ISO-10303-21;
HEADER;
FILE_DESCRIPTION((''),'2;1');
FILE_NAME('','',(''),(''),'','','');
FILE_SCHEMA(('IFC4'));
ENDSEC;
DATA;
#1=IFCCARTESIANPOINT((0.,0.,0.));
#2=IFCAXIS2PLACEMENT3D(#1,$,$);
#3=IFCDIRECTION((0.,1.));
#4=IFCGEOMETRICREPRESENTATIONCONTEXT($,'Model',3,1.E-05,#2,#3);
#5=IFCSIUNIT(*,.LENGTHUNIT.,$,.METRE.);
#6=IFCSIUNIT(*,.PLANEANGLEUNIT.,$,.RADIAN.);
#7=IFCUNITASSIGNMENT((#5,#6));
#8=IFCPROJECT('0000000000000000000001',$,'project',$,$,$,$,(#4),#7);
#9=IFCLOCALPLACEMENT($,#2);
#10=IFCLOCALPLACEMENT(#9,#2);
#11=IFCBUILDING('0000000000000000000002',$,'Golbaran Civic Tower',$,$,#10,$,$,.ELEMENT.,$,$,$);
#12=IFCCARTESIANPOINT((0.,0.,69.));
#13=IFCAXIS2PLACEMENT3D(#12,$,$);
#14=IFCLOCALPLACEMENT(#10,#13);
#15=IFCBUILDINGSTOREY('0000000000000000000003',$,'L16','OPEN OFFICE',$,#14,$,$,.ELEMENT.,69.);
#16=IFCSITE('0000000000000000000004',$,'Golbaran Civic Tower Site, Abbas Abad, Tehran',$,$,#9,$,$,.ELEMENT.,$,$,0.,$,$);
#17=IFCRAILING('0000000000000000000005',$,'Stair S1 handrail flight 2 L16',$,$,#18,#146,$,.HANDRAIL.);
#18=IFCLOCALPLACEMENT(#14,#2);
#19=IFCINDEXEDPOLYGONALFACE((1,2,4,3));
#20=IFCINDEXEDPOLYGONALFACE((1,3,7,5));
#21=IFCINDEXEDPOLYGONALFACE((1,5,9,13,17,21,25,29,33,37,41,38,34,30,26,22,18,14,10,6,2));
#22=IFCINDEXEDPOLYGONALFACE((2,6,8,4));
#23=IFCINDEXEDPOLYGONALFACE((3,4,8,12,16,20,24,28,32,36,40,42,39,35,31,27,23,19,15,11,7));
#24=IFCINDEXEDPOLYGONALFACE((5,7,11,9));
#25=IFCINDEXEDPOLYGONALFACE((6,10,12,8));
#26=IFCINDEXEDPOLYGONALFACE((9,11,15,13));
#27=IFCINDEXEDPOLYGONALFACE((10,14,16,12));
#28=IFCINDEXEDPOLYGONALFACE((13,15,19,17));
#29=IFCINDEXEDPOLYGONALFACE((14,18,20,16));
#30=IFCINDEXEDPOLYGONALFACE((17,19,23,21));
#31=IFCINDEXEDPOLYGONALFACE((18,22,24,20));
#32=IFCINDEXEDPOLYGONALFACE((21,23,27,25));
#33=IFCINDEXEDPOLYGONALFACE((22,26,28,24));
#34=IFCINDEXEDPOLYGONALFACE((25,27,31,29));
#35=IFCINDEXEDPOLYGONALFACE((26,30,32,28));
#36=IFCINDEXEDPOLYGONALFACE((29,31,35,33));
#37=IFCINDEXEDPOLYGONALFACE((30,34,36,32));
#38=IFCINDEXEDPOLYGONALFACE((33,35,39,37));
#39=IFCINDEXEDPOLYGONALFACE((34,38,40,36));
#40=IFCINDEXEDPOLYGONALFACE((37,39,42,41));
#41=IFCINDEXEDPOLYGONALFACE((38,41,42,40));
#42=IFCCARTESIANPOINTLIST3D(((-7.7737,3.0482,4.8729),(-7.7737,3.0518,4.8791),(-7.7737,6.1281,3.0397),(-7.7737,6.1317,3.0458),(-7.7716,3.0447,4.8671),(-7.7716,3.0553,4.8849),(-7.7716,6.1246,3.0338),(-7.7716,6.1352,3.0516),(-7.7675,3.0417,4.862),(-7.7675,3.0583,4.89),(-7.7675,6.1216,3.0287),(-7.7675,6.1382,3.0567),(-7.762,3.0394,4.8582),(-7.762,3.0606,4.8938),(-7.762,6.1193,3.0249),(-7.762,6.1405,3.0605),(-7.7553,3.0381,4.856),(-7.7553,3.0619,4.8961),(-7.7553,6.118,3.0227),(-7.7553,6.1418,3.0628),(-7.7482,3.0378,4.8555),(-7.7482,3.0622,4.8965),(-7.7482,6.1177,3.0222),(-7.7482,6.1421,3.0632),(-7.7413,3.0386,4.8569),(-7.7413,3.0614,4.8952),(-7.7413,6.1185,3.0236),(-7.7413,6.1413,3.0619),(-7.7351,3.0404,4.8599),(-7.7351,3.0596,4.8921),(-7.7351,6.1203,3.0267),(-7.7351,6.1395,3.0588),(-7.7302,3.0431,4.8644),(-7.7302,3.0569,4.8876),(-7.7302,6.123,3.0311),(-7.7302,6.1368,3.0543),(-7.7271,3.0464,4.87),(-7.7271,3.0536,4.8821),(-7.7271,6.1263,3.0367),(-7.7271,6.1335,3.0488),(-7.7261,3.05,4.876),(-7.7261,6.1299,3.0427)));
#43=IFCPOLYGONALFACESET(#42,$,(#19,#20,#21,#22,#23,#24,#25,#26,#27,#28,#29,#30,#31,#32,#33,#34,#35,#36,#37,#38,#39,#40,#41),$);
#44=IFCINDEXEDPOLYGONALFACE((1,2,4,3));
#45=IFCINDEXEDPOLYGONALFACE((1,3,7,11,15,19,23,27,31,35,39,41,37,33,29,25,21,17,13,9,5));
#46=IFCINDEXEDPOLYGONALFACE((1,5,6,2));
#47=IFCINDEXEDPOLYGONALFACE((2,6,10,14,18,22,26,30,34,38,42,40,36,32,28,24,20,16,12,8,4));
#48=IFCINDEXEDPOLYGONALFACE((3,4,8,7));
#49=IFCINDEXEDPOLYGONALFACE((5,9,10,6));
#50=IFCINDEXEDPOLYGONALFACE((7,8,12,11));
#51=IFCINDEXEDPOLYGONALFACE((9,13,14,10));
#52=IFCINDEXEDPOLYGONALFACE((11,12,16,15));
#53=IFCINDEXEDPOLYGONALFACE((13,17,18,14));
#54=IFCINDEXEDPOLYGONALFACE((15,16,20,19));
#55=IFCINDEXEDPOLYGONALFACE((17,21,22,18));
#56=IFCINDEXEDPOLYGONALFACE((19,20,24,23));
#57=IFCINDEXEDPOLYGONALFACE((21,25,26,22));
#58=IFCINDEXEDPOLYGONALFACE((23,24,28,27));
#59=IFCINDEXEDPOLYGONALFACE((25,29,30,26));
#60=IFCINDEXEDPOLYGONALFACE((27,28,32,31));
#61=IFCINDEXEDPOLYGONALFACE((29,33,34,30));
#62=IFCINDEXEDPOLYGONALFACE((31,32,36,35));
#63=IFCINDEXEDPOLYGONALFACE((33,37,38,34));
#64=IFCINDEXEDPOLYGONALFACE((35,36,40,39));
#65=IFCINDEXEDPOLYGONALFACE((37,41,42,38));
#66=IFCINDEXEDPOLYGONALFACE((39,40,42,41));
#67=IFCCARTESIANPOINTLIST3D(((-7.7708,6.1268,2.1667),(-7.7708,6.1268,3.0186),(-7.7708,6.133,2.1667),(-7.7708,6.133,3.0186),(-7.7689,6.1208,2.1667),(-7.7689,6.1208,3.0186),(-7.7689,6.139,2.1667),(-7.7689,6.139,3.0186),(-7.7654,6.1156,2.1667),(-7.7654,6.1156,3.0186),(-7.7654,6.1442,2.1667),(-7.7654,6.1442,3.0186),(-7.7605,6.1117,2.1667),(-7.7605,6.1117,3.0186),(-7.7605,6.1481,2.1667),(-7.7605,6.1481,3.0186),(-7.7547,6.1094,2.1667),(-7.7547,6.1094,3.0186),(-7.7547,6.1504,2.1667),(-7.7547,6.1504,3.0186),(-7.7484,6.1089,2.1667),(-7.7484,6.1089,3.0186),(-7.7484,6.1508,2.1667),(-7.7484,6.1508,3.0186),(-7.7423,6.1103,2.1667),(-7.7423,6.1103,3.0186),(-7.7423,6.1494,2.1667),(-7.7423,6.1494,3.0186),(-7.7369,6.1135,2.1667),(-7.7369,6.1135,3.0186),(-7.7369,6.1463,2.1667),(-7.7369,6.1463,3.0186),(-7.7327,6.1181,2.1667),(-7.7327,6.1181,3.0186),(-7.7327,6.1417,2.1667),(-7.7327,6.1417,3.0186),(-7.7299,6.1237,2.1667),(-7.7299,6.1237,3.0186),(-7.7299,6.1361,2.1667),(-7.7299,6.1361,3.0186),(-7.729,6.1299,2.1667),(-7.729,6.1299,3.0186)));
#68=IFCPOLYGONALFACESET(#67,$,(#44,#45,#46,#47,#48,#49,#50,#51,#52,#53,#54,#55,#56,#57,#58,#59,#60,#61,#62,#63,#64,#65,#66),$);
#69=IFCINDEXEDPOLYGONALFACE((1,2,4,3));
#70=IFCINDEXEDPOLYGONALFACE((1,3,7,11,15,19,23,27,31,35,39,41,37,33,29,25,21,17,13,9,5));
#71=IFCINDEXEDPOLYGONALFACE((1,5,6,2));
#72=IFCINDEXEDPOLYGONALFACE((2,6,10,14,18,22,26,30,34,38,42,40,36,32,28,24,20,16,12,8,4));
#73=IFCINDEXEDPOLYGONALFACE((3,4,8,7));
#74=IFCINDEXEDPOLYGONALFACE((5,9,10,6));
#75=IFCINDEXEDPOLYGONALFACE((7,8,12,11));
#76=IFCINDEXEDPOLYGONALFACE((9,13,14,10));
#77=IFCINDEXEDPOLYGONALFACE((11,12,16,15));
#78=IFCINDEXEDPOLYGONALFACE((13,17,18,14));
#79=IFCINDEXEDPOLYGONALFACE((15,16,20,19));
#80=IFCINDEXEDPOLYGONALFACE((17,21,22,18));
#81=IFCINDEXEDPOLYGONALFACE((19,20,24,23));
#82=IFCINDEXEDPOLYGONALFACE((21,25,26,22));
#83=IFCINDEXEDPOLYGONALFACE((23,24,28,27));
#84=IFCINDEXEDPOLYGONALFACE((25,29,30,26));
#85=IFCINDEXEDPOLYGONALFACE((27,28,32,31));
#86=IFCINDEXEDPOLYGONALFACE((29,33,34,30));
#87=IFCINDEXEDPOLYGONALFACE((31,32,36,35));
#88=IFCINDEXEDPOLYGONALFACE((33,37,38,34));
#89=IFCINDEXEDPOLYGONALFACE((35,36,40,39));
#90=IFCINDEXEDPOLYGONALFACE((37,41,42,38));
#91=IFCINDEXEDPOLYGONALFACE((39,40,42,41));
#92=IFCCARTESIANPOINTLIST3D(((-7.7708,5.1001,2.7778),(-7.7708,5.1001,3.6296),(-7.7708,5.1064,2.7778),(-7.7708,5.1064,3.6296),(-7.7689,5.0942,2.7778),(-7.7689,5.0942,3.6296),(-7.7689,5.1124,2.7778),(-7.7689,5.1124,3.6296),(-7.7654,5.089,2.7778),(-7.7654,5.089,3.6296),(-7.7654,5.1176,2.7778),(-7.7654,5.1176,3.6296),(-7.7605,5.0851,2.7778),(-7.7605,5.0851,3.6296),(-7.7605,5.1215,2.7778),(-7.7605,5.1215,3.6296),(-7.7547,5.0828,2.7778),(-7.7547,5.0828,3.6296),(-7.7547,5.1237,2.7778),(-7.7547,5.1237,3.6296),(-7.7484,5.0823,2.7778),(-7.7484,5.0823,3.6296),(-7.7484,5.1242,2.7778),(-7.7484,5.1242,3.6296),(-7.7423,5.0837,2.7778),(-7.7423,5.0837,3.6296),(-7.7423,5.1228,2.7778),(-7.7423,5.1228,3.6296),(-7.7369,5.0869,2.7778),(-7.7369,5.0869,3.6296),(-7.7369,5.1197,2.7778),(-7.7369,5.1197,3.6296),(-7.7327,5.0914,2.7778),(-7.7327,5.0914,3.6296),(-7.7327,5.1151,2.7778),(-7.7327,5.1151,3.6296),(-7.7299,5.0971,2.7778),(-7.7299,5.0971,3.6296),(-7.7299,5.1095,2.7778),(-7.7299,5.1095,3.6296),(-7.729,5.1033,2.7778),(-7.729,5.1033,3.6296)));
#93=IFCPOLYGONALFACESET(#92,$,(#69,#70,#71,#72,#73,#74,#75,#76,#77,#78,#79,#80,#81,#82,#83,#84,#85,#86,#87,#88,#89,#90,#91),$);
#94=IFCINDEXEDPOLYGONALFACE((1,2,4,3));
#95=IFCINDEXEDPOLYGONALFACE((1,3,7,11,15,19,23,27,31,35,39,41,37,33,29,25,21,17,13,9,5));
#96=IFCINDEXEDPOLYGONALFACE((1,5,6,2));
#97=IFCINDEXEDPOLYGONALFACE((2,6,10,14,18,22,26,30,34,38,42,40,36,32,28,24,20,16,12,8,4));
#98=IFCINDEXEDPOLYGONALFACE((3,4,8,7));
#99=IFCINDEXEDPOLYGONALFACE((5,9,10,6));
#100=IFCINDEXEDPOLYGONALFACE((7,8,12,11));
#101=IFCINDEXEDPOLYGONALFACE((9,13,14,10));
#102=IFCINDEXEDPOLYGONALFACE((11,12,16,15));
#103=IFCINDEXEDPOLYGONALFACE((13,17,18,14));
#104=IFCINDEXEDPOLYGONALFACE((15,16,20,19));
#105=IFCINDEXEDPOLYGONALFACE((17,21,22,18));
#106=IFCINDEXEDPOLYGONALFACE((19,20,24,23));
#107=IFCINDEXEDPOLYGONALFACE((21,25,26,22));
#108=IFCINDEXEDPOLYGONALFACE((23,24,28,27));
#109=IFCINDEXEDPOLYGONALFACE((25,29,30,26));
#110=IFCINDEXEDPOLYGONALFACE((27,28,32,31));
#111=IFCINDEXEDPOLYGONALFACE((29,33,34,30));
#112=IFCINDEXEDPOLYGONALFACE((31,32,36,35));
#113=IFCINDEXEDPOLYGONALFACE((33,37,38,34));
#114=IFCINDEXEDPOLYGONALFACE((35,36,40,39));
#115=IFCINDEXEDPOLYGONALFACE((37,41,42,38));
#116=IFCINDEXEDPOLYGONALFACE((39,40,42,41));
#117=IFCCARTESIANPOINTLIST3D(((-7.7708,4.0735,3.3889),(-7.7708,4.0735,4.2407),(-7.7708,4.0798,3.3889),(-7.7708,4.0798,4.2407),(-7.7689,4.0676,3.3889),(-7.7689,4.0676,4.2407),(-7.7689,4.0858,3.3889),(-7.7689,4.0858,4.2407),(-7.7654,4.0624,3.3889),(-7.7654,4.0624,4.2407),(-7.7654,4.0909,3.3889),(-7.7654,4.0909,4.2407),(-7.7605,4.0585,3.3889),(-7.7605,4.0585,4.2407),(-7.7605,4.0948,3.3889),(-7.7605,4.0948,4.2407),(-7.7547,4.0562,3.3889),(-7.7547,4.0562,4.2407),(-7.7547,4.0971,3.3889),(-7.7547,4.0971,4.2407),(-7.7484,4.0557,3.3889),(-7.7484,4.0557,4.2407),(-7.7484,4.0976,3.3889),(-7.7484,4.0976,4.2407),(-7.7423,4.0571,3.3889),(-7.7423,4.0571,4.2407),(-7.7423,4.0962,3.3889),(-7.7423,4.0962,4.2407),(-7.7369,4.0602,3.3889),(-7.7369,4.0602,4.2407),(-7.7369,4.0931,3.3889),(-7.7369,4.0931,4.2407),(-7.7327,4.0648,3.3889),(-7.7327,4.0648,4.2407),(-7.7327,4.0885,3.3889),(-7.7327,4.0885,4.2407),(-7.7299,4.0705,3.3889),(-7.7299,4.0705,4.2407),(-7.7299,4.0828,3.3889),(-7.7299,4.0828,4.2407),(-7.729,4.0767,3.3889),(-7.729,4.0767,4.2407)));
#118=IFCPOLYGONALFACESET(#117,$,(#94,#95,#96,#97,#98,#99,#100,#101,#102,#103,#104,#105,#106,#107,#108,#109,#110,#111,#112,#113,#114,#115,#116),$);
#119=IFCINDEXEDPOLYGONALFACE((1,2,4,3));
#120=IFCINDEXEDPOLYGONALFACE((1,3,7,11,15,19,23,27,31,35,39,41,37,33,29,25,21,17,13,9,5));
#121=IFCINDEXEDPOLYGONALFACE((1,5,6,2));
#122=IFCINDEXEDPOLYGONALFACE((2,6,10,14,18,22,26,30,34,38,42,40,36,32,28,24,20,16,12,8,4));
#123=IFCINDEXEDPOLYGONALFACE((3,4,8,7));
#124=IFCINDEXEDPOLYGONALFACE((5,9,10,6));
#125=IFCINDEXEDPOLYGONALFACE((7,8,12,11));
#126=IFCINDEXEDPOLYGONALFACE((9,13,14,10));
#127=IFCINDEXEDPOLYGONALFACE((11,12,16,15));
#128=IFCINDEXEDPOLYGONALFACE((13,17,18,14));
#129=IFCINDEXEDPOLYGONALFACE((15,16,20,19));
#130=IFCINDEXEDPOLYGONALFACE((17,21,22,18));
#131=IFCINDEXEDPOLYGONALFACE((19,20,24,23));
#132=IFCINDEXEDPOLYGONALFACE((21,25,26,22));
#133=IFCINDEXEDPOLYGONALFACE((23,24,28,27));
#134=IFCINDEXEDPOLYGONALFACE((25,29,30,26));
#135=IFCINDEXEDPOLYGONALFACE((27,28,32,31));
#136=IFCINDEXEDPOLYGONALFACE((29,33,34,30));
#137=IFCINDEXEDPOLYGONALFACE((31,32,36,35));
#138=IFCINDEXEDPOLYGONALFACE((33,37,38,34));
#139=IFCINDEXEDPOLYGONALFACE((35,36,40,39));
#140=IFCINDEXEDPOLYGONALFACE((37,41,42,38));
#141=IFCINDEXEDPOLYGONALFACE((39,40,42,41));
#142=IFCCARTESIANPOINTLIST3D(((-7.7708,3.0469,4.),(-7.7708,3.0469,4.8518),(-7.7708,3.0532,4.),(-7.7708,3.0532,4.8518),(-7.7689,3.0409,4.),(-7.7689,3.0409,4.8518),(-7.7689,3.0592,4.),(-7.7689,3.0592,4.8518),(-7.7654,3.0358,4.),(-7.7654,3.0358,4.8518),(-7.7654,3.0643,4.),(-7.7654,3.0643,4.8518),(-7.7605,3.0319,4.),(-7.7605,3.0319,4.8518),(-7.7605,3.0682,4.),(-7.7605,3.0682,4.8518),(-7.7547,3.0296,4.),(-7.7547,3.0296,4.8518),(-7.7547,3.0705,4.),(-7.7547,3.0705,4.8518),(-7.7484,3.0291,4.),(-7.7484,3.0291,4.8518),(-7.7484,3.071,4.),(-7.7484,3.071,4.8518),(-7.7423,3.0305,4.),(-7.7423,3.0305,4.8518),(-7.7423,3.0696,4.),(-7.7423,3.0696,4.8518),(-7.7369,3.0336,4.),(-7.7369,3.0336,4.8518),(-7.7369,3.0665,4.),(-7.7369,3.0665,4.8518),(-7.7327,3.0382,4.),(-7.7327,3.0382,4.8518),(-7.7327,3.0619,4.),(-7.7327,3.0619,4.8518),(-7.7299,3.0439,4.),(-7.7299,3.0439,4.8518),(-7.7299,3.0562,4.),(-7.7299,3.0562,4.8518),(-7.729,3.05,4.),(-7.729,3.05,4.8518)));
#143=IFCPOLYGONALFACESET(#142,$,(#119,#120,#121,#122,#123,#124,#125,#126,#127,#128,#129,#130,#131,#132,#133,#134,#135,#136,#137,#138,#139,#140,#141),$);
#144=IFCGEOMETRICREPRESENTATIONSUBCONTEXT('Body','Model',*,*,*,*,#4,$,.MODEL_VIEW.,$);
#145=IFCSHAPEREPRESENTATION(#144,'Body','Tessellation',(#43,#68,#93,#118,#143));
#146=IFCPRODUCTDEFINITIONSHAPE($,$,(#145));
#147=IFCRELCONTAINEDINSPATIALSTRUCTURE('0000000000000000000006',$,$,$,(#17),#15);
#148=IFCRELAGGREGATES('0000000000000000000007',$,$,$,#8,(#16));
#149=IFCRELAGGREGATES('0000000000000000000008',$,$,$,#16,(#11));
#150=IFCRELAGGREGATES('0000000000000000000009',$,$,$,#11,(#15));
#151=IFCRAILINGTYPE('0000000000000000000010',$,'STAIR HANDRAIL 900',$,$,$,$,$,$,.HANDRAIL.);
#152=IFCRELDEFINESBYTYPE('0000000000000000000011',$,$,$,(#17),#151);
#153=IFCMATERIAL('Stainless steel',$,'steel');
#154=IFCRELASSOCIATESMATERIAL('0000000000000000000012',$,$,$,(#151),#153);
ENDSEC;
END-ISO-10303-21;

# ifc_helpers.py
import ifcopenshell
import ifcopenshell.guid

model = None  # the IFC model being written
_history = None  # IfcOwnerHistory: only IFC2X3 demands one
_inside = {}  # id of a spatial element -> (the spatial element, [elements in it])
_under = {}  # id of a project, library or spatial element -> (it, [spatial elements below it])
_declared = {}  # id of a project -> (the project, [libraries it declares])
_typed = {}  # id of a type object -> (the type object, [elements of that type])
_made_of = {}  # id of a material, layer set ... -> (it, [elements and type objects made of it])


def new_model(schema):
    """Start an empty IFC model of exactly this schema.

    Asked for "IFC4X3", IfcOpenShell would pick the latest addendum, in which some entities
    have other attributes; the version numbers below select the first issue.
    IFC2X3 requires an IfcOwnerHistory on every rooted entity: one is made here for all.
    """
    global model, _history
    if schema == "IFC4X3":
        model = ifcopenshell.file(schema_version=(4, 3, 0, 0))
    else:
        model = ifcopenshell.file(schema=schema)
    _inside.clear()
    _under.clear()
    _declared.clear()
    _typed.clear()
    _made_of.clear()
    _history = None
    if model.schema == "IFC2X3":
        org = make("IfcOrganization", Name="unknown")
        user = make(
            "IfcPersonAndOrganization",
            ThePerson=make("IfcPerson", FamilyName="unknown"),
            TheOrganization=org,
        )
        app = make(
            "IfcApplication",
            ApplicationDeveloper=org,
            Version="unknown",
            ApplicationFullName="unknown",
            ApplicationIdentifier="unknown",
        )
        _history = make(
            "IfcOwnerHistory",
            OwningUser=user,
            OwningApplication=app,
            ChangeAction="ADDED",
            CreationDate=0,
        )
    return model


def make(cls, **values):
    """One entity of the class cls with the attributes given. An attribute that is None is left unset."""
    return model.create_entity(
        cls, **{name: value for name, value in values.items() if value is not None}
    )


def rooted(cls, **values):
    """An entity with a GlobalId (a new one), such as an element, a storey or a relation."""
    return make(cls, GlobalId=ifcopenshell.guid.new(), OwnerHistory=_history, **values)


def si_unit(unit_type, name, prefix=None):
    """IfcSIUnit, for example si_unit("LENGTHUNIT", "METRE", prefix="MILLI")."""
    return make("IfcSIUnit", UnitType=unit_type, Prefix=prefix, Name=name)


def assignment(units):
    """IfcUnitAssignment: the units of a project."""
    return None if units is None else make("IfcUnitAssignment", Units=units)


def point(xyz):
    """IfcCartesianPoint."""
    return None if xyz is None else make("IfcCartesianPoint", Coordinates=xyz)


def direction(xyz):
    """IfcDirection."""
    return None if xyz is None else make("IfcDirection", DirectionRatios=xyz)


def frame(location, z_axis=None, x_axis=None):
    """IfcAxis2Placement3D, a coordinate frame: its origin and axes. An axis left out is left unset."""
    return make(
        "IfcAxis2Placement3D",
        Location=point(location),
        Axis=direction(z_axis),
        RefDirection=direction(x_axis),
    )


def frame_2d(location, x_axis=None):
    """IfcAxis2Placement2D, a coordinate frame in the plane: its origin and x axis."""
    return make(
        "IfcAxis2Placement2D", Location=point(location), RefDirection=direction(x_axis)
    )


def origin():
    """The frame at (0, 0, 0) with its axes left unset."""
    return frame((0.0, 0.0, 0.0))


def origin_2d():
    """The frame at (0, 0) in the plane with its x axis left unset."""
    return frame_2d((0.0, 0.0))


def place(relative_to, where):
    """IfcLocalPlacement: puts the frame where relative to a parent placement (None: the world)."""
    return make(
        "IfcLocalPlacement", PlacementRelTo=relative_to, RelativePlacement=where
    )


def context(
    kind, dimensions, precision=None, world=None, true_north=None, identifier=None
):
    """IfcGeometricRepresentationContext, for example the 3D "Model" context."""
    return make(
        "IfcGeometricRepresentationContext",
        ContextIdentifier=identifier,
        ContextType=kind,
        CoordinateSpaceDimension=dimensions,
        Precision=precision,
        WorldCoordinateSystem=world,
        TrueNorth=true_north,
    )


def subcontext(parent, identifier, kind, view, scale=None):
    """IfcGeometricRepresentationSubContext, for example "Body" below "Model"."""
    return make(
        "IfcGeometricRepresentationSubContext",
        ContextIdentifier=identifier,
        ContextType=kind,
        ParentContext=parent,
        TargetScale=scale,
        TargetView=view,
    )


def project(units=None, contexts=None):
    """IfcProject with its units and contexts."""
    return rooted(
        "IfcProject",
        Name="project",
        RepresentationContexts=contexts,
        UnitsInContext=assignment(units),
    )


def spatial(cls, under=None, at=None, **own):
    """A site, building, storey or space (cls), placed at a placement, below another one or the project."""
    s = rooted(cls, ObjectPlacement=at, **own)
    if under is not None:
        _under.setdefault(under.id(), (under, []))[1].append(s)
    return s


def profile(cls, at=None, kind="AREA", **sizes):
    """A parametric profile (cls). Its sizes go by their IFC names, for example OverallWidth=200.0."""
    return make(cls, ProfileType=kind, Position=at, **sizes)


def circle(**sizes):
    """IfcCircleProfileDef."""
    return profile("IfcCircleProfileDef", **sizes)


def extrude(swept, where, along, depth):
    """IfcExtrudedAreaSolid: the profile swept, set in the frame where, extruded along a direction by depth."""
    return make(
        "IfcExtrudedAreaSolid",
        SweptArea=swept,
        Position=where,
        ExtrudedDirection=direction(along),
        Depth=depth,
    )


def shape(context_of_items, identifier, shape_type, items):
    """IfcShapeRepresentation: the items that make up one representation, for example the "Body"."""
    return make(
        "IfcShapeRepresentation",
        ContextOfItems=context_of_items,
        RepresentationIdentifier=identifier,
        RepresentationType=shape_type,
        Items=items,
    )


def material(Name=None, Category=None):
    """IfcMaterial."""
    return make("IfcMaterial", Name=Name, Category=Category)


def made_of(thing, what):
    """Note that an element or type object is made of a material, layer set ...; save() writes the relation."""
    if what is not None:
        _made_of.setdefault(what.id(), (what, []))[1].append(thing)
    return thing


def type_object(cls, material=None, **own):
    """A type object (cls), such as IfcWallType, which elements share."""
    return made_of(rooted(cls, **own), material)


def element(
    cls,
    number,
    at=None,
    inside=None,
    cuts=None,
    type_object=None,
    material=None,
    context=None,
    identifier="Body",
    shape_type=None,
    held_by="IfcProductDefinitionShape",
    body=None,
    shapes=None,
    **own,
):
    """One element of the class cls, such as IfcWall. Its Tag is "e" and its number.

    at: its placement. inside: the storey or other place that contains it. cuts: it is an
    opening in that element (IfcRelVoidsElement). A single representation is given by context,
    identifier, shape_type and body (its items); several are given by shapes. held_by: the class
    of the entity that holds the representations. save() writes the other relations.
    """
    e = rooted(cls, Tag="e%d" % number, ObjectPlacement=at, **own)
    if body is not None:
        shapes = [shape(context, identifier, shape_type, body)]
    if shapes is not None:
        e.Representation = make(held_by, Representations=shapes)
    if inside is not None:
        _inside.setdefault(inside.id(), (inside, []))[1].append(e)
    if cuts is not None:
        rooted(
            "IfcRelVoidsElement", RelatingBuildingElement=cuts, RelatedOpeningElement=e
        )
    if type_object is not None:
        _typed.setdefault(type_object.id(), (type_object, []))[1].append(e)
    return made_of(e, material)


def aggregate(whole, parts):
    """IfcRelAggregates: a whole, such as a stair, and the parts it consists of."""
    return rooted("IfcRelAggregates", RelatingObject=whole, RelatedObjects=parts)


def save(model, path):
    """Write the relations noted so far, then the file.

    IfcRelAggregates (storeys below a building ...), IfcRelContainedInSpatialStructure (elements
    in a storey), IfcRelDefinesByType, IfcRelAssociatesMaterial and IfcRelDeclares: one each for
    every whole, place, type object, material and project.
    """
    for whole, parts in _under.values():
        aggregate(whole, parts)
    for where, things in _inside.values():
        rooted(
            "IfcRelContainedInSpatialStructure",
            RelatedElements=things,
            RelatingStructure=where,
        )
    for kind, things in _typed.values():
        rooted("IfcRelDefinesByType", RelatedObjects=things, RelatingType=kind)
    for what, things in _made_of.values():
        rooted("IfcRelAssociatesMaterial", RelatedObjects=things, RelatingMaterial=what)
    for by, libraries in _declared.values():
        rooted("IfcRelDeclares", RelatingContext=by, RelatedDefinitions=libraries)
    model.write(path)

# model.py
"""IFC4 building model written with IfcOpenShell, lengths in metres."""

from ifc_helpers import new_model, si_unit, direction, frame, origin, origin_2d, place, context, subcontext, project, spatial, circle, extrude, material, type_object, element, save


model = new_model("IFC4")

# Units and contexts
model_context = context("Model", 3, precision=1e-05, world=origin(), true_north=direction((0.0, 1.0)))
body_context = subcontext(model_context, "Body", "Model", "MODEL_VIEW")
ifc_project = project(units=[si_unit("LENGTHUNIT", "METRE"), si_unit("PLANEANGLEUNIT", "RADIAN")], contexts=[model_context])

# Site, building, storey
site_placement = place(None, origin())
site = spatial("IfcSite", under=ifc_project, at=site_placement, Name="Golbaran Civic Tower Site, Abbas Abad, Tehran", CompositionType="ELEMENT", RefElevation=0.0)
building_placement = place(site_placement, origin())
building = spatial("IfcBuilding", under=site, at=building_placement, Name="Golbaran Civic Tower", CompositionType="ELEMENT")
storey_placement = place(building_placement, frame((0.0, 0.0, 69.0)))
storey = spatial("IfcBuildingStorey", under=building, at=storey_placement, Name="L16", Description="OPEN OFFICE", CompositionType="ELEMENT", Elevation=69.0)

# Shared definitions
ifc_material_1 = material(Name="Stainless steel", Category="steel")

# Railing
railing_type = type_object("IfcRailingType", Name="STAIR HANDRAIL 900", PredefinedType="HANDRAIL", material=ifc_material_1)
railing_1_placement = place(storey_placement, frame((-7.75, 6.1299, 2.1667)))
element("IfcRailing", 1, at=railing_1_placement, inside=storey, type_object=railing_type, Name="Stair S1 handrail flight 2 L16", PredefinedType="HANDRAIL", context=body_context, shape_type="SweptSolid", body=[
    extrude(circle(Radius=0.0239, at=origin_2d()), frame((0.0, 0.0, 0.876), z_axis=(0.0, -0.859291, 0.511487), x_axis=(1.0, 0.0, 0.0)), (0.0, 0.0, 1.0), 3.5842),
    extrude(circle(Radius=0.021, at=origin_2d()), origin(), (0.0, 0.0, 1.0), 0.8518),
    extrude(circle(Radius=0.021, at=origin_2d()), frame((0.0, -1.0266, 0.6111)), (0.0, 0.0, 1.0), 0.8518),
    extrude(circle(Radius=0.021, at=origin_2d()), frame((0.0, -2.0532, 1.2222)), (0.0, 0.0, 1.0), 0.8518),
    extrude(circle(Radius=0.021, at=origin_2d()), frame((0.0, -3.0798, 1.8333)), (0.0, 0.0, 1.0), 0.8518),
])

save(model, "model.ifc")
